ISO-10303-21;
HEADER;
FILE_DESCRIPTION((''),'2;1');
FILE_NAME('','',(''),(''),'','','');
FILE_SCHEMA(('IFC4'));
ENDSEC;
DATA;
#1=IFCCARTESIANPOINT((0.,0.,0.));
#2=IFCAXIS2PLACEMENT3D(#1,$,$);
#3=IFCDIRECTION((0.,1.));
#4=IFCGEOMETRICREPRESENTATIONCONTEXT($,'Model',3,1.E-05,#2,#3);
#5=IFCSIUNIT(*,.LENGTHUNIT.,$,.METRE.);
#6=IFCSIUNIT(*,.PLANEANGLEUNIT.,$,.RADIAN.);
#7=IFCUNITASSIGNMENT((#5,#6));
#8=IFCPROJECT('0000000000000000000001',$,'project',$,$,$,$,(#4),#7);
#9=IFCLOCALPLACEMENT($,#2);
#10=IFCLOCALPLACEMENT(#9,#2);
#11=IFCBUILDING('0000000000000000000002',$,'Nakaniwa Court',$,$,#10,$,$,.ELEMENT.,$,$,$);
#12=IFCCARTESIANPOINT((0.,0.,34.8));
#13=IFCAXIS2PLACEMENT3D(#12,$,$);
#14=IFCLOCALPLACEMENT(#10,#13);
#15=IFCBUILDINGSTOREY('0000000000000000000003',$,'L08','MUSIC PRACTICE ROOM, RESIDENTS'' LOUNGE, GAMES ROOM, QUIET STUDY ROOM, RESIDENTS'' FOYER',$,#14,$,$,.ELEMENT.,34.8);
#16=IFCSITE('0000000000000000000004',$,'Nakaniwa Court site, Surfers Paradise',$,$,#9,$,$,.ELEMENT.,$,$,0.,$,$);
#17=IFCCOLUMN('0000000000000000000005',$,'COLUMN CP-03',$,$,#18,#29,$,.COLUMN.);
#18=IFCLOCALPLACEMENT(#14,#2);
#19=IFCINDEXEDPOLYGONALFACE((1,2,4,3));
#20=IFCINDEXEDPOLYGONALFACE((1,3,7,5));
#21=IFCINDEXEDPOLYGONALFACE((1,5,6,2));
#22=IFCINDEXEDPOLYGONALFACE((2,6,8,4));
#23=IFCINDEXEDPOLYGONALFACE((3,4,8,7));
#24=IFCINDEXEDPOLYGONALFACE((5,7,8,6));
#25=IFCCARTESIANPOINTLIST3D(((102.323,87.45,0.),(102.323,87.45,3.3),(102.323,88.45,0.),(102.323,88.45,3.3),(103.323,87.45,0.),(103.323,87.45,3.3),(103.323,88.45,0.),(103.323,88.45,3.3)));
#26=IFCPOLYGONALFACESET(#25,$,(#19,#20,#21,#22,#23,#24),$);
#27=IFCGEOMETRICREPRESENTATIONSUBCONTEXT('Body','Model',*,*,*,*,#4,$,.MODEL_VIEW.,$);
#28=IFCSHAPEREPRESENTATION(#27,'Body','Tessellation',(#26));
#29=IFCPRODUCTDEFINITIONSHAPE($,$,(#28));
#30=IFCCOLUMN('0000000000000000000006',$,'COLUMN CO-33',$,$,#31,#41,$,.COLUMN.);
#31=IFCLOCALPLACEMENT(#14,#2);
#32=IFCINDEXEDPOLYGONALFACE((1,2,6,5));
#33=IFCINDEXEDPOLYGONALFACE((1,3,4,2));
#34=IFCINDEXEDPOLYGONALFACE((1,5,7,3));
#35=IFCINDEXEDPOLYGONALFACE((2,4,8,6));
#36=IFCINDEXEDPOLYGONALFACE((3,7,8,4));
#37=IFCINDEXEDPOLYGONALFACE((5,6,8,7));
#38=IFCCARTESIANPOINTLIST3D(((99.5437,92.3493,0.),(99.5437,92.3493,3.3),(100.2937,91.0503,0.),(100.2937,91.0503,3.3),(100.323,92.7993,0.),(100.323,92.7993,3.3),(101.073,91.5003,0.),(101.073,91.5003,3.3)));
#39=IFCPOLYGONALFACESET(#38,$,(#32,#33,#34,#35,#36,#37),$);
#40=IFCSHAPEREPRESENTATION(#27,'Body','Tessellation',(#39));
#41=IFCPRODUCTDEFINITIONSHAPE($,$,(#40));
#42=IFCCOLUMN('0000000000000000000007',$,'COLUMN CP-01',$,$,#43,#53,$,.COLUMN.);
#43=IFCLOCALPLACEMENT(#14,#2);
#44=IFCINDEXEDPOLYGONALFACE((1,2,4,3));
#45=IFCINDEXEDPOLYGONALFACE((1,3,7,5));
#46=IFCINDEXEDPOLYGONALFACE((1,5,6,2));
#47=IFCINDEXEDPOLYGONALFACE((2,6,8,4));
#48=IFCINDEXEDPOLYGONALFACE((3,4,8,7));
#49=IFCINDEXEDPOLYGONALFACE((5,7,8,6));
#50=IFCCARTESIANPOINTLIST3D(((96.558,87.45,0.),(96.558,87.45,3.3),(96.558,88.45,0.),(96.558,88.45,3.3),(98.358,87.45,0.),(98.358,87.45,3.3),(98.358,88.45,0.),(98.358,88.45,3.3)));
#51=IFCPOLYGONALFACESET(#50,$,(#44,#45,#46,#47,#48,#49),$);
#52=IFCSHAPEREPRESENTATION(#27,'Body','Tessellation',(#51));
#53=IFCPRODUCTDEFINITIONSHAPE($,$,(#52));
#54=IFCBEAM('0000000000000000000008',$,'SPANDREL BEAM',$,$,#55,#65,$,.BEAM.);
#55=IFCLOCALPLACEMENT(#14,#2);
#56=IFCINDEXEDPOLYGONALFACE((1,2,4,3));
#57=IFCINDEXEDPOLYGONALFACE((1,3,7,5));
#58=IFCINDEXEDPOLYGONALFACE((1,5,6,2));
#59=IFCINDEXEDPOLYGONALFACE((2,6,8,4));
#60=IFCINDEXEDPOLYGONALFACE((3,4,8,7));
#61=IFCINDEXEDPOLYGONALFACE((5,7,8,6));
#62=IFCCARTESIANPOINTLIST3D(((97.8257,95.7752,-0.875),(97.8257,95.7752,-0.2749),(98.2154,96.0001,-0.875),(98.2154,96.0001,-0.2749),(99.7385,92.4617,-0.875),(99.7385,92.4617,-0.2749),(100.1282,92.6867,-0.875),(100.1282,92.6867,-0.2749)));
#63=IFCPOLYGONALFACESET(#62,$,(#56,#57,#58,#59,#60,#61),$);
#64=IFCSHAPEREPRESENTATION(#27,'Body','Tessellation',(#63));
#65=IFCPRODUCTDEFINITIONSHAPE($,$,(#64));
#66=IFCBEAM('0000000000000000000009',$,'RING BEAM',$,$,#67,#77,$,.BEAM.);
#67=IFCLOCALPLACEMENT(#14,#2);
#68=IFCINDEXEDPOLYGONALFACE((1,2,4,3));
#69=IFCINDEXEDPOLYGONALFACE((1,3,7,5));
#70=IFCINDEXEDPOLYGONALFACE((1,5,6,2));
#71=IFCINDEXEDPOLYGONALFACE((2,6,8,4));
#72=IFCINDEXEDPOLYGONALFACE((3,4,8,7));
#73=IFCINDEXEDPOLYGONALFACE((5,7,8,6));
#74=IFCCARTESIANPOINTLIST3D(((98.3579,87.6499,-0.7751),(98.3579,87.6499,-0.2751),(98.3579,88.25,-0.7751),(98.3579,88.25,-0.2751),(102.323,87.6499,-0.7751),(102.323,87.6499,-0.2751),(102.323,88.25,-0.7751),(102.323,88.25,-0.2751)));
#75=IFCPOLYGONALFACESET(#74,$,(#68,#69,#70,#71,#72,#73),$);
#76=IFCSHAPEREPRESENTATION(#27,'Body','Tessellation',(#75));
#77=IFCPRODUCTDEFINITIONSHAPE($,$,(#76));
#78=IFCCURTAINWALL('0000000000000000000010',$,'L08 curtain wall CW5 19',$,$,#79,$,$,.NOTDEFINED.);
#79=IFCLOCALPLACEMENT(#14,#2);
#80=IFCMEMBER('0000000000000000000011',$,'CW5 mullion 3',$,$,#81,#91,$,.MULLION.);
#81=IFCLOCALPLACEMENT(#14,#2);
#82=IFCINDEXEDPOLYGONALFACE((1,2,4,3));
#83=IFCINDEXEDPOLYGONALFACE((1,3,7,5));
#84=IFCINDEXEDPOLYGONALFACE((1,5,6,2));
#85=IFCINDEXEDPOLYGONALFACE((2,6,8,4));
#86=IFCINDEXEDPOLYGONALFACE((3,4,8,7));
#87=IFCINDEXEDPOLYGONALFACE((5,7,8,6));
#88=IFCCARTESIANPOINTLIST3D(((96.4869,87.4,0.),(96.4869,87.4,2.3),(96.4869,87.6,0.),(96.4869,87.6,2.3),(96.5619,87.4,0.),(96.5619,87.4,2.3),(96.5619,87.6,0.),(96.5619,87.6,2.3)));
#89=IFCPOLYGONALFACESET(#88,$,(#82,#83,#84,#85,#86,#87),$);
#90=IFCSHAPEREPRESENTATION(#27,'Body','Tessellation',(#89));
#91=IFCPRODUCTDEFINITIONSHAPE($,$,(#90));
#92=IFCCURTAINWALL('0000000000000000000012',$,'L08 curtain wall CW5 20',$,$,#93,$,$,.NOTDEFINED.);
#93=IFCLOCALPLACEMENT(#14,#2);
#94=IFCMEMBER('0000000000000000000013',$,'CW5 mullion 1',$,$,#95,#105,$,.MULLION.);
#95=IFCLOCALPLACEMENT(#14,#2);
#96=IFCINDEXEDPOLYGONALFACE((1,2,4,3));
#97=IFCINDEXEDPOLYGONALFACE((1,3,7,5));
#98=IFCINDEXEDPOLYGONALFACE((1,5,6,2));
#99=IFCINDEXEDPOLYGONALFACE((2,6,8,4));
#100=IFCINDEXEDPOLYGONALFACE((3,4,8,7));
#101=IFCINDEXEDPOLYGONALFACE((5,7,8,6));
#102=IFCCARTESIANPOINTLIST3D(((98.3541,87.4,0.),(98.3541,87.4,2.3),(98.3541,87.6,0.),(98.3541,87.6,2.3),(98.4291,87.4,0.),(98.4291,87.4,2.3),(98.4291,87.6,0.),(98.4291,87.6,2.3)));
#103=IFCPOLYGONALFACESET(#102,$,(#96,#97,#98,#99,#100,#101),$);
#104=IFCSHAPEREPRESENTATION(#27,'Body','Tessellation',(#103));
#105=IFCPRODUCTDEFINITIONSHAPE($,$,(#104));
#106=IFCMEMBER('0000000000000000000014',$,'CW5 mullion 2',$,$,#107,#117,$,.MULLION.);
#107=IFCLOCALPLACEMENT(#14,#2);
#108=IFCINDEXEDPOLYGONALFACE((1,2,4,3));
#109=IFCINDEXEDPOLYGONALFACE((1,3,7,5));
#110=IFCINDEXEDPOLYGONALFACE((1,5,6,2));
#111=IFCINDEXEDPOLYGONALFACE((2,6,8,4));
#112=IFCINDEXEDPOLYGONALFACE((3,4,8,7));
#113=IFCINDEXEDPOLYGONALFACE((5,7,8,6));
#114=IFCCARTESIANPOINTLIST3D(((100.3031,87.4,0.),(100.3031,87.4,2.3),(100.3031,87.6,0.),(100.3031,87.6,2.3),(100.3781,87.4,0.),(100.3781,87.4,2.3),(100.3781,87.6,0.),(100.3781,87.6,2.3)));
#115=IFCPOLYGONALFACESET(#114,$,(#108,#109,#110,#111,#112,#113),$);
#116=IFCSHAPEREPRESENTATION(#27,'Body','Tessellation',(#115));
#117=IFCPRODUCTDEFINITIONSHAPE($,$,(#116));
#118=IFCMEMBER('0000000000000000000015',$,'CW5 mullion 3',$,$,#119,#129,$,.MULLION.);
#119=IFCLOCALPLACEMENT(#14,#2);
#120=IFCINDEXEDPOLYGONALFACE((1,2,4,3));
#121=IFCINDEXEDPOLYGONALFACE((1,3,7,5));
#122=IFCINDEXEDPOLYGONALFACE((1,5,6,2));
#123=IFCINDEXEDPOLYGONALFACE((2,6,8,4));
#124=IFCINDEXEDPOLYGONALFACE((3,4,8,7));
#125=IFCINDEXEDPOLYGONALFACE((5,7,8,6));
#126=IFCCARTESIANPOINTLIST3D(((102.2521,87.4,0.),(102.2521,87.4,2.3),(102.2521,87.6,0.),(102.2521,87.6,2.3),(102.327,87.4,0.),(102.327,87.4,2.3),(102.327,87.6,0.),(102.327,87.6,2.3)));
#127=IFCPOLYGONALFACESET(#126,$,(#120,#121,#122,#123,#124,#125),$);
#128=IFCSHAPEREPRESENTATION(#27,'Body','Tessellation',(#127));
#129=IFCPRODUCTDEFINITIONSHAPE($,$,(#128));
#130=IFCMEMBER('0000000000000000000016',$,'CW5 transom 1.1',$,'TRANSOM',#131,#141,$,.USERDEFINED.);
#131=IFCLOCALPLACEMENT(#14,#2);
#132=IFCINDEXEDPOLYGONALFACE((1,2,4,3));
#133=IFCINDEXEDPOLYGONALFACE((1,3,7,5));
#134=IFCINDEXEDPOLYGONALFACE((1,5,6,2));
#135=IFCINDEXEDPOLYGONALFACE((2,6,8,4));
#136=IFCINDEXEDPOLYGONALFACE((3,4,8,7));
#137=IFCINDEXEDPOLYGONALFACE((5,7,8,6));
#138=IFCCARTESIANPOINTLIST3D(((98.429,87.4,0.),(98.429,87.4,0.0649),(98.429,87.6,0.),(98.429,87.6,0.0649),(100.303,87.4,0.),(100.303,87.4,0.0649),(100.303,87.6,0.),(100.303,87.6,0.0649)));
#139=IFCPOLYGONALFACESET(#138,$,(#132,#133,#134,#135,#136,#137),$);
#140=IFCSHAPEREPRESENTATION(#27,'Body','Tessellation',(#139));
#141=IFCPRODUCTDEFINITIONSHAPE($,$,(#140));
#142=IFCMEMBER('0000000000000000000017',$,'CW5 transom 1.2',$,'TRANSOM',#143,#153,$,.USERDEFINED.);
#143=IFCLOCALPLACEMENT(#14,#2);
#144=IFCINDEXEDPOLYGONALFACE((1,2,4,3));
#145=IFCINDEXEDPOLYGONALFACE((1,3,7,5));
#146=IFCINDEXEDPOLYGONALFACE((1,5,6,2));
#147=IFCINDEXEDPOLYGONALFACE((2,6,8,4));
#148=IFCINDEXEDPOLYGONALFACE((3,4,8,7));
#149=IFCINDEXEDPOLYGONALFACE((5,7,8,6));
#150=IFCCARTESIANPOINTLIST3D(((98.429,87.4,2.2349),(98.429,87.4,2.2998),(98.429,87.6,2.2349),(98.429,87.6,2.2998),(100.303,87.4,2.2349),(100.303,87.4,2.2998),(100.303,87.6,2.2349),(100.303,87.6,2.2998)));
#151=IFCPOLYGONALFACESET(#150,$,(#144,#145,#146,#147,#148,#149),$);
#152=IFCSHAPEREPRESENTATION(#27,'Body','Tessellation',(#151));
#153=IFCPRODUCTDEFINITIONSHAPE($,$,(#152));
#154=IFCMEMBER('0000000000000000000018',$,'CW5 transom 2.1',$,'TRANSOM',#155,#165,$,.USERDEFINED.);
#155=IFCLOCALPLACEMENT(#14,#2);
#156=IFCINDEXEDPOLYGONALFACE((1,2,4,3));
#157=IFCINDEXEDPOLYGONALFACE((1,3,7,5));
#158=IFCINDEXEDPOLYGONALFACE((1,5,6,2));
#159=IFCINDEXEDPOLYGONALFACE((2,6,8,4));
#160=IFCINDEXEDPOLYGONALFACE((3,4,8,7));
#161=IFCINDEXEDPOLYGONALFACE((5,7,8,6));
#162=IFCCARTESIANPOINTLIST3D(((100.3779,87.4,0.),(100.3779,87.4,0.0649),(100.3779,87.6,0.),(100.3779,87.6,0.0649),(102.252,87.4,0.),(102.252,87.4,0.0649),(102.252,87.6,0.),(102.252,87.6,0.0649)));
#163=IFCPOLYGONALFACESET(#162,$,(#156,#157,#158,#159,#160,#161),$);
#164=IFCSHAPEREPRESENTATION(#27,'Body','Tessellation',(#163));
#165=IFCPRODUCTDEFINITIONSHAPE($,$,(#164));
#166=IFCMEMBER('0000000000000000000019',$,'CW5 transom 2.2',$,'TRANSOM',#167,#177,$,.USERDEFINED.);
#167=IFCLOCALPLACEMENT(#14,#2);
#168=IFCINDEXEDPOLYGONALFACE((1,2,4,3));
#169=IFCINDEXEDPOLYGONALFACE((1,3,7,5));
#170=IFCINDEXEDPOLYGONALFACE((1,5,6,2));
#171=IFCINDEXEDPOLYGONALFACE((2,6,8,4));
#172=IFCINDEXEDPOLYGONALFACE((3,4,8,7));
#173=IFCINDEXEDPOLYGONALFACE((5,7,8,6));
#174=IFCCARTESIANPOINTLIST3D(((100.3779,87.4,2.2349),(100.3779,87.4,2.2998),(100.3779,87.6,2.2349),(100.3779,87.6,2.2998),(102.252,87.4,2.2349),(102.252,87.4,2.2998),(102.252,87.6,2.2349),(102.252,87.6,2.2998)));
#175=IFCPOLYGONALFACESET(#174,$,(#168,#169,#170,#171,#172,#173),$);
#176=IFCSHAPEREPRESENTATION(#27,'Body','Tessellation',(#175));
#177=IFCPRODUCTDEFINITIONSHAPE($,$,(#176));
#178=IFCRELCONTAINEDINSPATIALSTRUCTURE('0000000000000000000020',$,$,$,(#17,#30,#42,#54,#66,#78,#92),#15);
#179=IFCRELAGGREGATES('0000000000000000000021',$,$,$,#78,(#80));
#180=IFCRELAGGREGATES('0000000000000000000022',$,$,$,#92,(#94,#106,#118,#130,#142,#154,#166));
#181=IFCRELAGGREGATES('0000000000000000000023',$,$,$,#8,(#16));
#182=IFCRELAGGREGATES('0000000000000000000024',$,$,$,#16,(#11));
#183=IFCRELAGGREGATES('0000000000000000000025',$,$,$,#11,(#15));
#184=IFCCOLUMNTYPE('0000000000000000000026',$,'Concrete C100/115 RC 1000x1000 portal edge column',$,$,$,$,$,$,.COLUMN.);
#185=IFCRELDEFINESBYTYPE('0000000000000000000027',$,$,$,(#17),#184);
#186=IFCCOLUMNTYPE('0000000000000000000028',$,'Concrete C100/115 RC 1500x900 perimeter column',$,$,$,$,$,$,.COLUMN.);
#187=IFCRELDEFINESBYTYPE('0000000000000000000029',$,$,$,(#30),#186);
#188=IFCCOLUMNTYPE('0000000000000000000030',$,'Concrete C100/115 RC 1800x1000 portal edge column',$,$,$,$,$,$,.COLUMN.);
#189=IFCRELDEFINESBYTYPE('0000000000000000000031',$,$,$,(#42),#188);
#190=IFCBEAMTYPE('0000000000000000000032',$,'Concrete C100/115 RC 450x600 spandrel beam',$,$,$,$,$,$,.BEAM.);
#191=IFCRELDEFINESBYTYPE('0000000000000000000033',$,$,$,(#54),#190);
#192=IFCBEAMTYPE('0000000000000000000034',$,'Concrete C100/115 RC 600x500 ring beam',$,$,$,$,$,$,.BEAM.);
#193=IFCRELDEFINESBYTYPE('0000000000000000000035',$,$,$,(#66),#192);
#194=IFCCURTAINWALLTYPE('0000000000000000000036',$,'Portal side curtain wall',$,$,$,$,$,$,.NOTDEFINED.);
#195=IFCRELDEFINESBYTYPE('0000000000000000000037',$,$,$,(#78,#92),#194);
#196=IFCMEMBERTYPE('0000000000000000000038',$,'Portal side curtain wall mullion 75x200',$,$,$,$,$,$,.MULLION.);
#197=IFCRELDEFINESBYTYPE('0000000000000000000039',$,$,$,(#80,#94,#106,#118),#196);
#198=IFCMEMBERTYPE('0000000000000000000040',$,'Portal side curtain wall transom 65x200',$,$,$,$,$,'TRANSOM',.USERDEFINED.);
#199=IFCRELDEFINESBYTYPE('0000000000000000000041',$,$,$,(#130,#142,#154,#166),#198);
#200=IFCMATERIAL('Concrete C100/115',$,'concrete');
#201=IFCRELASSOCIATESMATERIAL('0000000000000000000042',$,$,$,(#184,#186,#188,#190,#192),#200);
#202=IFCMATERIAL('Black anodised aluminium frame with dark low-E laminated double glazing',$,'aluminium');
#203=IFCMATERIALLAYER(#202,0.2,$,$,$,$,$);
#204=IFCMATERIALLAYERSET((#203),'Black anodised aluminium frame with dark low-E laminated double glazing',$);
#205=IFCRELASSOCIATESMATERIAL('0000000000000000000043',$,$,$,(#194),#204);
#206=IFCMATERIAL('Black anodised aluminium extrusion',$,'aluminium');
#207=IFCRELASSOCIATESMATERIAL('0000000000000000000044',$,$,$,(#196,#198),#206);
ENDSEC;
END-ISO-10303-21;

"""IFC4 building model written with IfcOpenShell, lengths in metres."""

from ifc_helpers import new_model, si_unit, direction, frame, origin, origin_2d, place, context, subcontext, project, spatial, rectangle, extrude, material, layer, layer_set, material_profile, profile_set, type_object, element, aggregate, save


model = new_model("IFC4")

# Units and contexts
model_context = context("Model", 3, precision=1e-05, world=origin(), true_north=direction((0.0, 1.0)))
body_context = subcontext(model_context, "Body", "Model", "MODEL_VIEW")
ifc_project = project(units=[si_unit("LENGTHUNIT", "METRE"), si_unit("PLANEANGLEUNIT", "RADIAN")], contexts=[model_context])

# Site, building, storey
site_placement = place(None, origin())
site = spatial("IfcSite", under=ifc_project, at=site_placement, Name="Nakaniwa Court site, Surfers Paradise", CompositionType="ELEMENT", RefElevation=0.0)
building_placement = place(site_placement, origin())
building = spatial("IfcBuilding", under=site, at=building_placement, Name="Nakaniwa Court", CompositionType="ELEMENT")
storey_placement = place(building_placement, frame((0.0, 0.0, 34.8)))
storey = spatial("IfcBuildingStorey", under=building, at=storey_placement, Name="L08", Description="MUSIC PRACTICE ROOM, RESIDENTS' LOUNGE, GAMES ROOM, QUIET STUDY ROOM, RESIDENTS' FOYER", CompositionType="ELEMENT", Elevation=34.8)

# Columns
ifc_material_1 = material(Name="Concrete C100/115", Category="concrete")
ifc_material_profile_1 = material_profile(ifc_material_1, rectangle(XDim=1.0, YDim=1.0, at=origin_2d()), Name="Concrete C100/115 RC 1000x1000 portal edge column")
ifc_profile_set_1 = profile_set([ifc_material_profile_1], Name="Concrete C100/115")
column_type_1 = type_object("IfcColumnType", Name="Concrete C100/115 RC 1000x1000 portal edge column", PredefinedType="COLUMN", material=ifc_profile_set_1)
column_1_placement = place(storey_placement, frame((102.823, 87.95, 0.0), z_axis=(0.0, 0.0, 1.0), x_axis=(1.0, 0.0, 0.0)))
element("IfcColumn", 1, at=column_1_placement, inside=storey, type_object=column_type_1, Name="COLUMN CP-03", PredefinedType="COLUMN", context=body_context, shape_type="SweptSolid", body=[
    extrude(rectangle(XDim=1.0, YDim=1.0, at=origin_2d()), origin(), (0.0, 0.0, 1.0), 3.3),
])
ifc_material_profile_2 = material_profile(ifc_material_1, rectangle(XDim=1.5, YDim=0.8999, at=origin_2d()), Name="Concrete C100/115 RC 1500x900 perimeter column")
ifc_profile_set_2 = profile_set([ifc_material_profile_2], Name="Concrete C100/115")
column_type_2 = type_object("IfcColumnType", Name="Concrete C100/115 RC 1500x900 perimeter column", PredefinedType="COLUMN", material=ifc_profile_set_2)
column_2_placement = place(storey_placement, frame((100.3083, 91.9248, 0.0), z_axis=(0.0, 0.0, 1.0), x_axis=(-0.5, 0.866025, 0.0)))
element("IfcColumn", 2, at=column_2_placement, inside=storey, type_object=column_type_2, Name="COLUMN CO-33", PredefinedType="COLUMN", context=body_context, shape_type="SweptSolid", body=[
    extrude(rectangle(XDim=1.5, YDim=0.8999, at=origin_2d()), origin(), (0.0, 0.0, 1.0), 3.3),
])
ifc_material_profile_3 = material_profile(ifc_material_1, rectangle(XDim=1.8, YDim=1.0, at=origin_2d()), Name="Concrete C100/115 RC 1800x1000 portal edge column")
ifc_profile_set_3 = profile_set([ifc_material_profile_3], Name="Concrete C100/115")
column_type_3 = type_object("IfcColumnType", Name="Concrete C100/115 RC 1800x1000 portal edge column", PredefinedType="COLUMN", material=ifc_profile_set_3)
column_3_placement = place(storey_placement, frame((97.458, 87.95, 0.0), z_axis=(0.0, 0.0, 1.0), x_axis=(1.0, 0.0, 0.0)))
element("IfcColumn", 3, at=column_3_placement, inside=storey, type_object=column_type_3, Name="COLUMN CP-01", PredefinedType="COLUMN", context=body_context, shape_type="SweptSolid", body=[
    extrude(rectangle(XDim=1.8, YDim=1.0, at=origin_2d()), origin(), (0.0, 0.0, 1.0), 3.3),
])

# Beams
ifc_material_profile_4 = material_profile(ifc_material_1, rectangle(XDim=0.45, YDim=0.6001, at=origin_2d()), Name="Concrete C100/115 RC 450x600 spandrel beam")
ifc_profile_set_4 = profile_set([ifc_material_profile_4], Name="Concrete C100/115")
beam_type_1 = type_object("IfcBeamType", Name="Concrete C100/115 RC 450x600 spandrel beam", PredefinedType="BEAM", material=ifc_profile_set_4)
beam_1_placement = place(storey_placement, frame((99.9333, 92.5742, -0.575), z_axis=(-0.499962, 0.866047, 0.0), x_axis=(-0.866047, -0.499962, 0.0)))
element("IfcBeam", 4, at=beam_1_placement, inside=storey, type_object=beam_type_1, Name="SPANDREL BEAM", PredefinedType="BEAM", context=body_context, shape_type="SweptSolid", body=[
    extrude(rectangle(XDim=0.45, YDim=0.6001, at=origin_2d()), origin(), (0.0, 0.0, 1.0), 3.8259),
])
ifc_material_profile_5 = material_profile(ifc_material_1, rectangle(XDim=0.6001, YDim=0.5, at=origin_2d()), Name="Concrete C100/115 RC 600x500 ring beam")
ifc_profile_set_5 = profile_set([ifc_material_profile_5], Name="Concrete C100/115")
beam_type_2 = type_object("IfcBeamType", Name="Concrete C100/115 RC 600x500 ring beam", PredefinedType="BEAM", material=ifc_profile_set_5)
beam_2_placement = place(storey_placement, frame((98.3579, 87.95, -0.5251), z_axis=(1.0, 0.0, 0.0), x_axis=(0.0, 1.0, 0.0)))
element("IfcBeam", 5, at=beam_2_placement, inside=storey, type_object=beam_type_2, Name="RING BEAM", PredefinedType="BEAM", context=body_context, shape_type="SweptSolid", body=[
    extrude(rectangle(XDim=0.6001, YDim=0.5, at=origin_2d()), origin(), (0.0, 0.0, 1.0), 3.9651),
])

# Curtain wall, member
ifc_material_2 = material(Name="Black anodised aluminium frame with dark low-E laminated double glazing", Category="aluminium")
ifc_layer_1 = layer(ifc_material_2, 0.2)
ifc_layer_set_1 = layer_set([ifc_layer_1], Name="Black anodised aluminium frame with dark low-E laminated double glazing")
curtain_wall_type = type_object("IfcCurtainWallType", Name="Portal side curtain wall", PredefinedType="NOTDEFINED", material=ifc_layer_set_1)
curtain_wall_1_placement = place(storey_placement, origin())
curtain_wall_1 = element("IfcCurtainWall", 6, at=curtain_wall_1_placement, inside=storey, type_object=curtain_wall_type, Name="L08 curtain wall CW5 19", PredefinedType="NOTDEFINED")
ifc_material_3 = material(Name="Black anodised aluminium extrusion", Category="aluminium")
ifc_material_profile_6 = material_profile(ifc_material_3, rectangle(XDim=0.2, YDim=0.075, at=origin_2d()), Name="Portal side curtain wall mullion 75x200")
ifc_profile_set_6 = profile_set([ifc_material_profile_6], Name="Black anodised aluminium extrusion")
member_type_1 = type_object("IfcMemberType", Name="Portal side curtain wall mullion 75x200", PredefinedType="MULLION", material=ifc_profile_set_6)
member_1_placement = place(storey_placement, frame((96.5244, 87.5, 0.0), z_axis=(0.0, 0.0, 1.0), x_axis=(0.0, 1.0, 0.0)))
member_1 = element("IfcMember", 7, at=member_1_placement, type_object=member_type_1, Name="CW5 mullion 3", PredefinedType="MULLION", context=body_context, shape_type="SweptSolid", body=[
    extrude(rectangle(XDim=0.2, YDim=0.075, at=origin_2d()), origin(), (0.0, 0.0, 1.0), 2.3),
])
aggregate(curtain_wall_1, [member_1])

# Curtain wall, members
curtain_wall_2_placement = place(storey_placement, origin())
curtain_wall_2 = element("IfcCurtainWall", 8, at=curtain_wall_2_placement, inside=storey, type_object=curtain_wall_type, Name="L08 curtain wall CW5 20", PredefinedType="NOTDEFINED")
member_2_placement = place(storey_placement, frame((98.3916, 87.5, 0.0), z_axis=(0.0, 0.0, 1.0), x_axis=(0.0, 1.0, 0.0)))
member_2 = element("IfcMember", 9, at=member_2_placement, type_object=member_type_1, Name="CW5 mullion 1", PredefinedType="MULLION", context=body_context, shape_type="SweptSolid", body=[
    extrude(rectangle(XDim=0.2, YDim=0.075, at=origin_2d()), origin(), (0.0, 0.0, 1.0), 2.3),
])
member_3_placement = place(storey_placement, frame((100.3406, 87.5, 0.0), z_axis=(0.0, 0.0, 1.0), x_axis=(0.0, 1.0, 0.0)))
member_3 = element("IfcMember", 10, at=member_3_placement, type_object=member_type_1, Name="CW5 mullion 2", PredefinedType="MULLION", context=body_context, shape_type="SweptSolid", body=[
    extrude(rectangle(XDim=0.2, YDim=0.075, at=origin_2d()), origin(), (0.0, 0.0, 1.0), 2.3),
])
member_4_placement = place(storey_placement, frame((102.2896, 87.5, 0.0), z_axis=(0.0, 0.0, 1.0), x_axis=(0.0, 1.0, 0.0)))
member_4 = element("IfcMember", 11, at=member_4_placement, type_object=member_type_1, Name="CW5 mullion 3", PredefinedType="MULLION", context=body_context, shape_type="SweptSolid", body=[
    extrude(rectangle(XDim=0.2, YDim=0.075, at=origin_2d()), origin(), (0.0, 0.0, 1.0), 2.3),
])
ifc_material_profile_7 = material_profile(ifc_material_3, rectangle(XDim=0.2, YDim=0.0649, at=origin_2d()), Name="Portal side curtain wall transom 65x200")
ifc_profile_set_7 = profile_set([ifc_material_profile_7], Name="Black anodised aluminium extrusion")
member_type_2 = type_object("IfcMemberType", Name="Portal side curtain wall transom 65x200", ElementType="TRANSOM", PredefinedType="USERDEFINED", material=ifc_profile_set_7)
member_5_placement = place(storey_placement, frame((98.429, 87.5, 0.0325), z_axis=(1.0, 0.0, 0.0), x_axis=(0.0, 1.0, 0.0)))
member_5 = element("IfcMember", 12, at=member_5_placement, type_object=member_type_2, Name="CW5 transom 1.1", ObjectType="TRANSOM", PredefinedType="USERDEFINED", context=body_context, shape_type="SweptSolid", body=[
    extrude(rectangle(XDim=0.2, YDim=0.0649, at=origin_2d()), origin(), (0.0, 0.0, 1.0), 1.874),
])
member_6_placement = place(storey_placement, frame((98.429, 87.5, 2.2673), z_axis=(1.0, 0.0, 0.0), x_axis=(0.0, 1.0, 0.0)))
member_6 = element("IfcMember", 13, at=member_6_placement, type_object=member_type_2, Name="CW5 transom 1.2", ObjectType="TRANSOM", PredefinedType="USERDEFINED", context=body_context, shape_type="SweptSolid", body=[
    extrude(rectangle(XDim=0.2, YDim=0.0649, at=origin_2d()), origin(), (0.0, 0.0, 1.0), 1.874),
])
member_7_placement = place(storey_placement, frame((100.3779, 87.5, 0.0325), z_axis=(1.0, 0.0, 0.0), x_axis=(0.0, 1.0, 0.0)))
member_7 = element("IfcMember", 14, at=member_7_placement, type_object=member_type_2, Name="CW5 transom 2.1", ObjectType="TRANSOM", PredefinedType="USERDEFINED", context=body_context, shape_type="SweptSolid", body=[
    extrude(rectangle(XDim=0.2, YDim=0.0649, at=origin_2d()), origin(), (0.0, 0.0, 1.0), 1.874),
])
member_8_placement = place(storey_placement, frame((100.3779, 87.5, 2.2673), z_axis=(1.0, 0.0, 0.0), x_axis=(0.0, 1.0, 0.0)))
member_8 = element("IfcMember", 15, at=member_8_placement, type_object=member_type_2, Name="CW5 transom 2.2", ObjectType="TRANSOM", PredefinedType="USERDEFINED", context=body_context, shape_type="SweptSolid", body=[
    extrude(rectangle(XDim=0.2, YDim=0.0649, at=origin_2d()), origin(), (0.0, 0.0, 1.0), 1.874),
])
aggregate(curtain_wall_2, [member_2, member_3, member_4, member_5, member_6, member_7, member_8])

save(model, "model.ifc")
